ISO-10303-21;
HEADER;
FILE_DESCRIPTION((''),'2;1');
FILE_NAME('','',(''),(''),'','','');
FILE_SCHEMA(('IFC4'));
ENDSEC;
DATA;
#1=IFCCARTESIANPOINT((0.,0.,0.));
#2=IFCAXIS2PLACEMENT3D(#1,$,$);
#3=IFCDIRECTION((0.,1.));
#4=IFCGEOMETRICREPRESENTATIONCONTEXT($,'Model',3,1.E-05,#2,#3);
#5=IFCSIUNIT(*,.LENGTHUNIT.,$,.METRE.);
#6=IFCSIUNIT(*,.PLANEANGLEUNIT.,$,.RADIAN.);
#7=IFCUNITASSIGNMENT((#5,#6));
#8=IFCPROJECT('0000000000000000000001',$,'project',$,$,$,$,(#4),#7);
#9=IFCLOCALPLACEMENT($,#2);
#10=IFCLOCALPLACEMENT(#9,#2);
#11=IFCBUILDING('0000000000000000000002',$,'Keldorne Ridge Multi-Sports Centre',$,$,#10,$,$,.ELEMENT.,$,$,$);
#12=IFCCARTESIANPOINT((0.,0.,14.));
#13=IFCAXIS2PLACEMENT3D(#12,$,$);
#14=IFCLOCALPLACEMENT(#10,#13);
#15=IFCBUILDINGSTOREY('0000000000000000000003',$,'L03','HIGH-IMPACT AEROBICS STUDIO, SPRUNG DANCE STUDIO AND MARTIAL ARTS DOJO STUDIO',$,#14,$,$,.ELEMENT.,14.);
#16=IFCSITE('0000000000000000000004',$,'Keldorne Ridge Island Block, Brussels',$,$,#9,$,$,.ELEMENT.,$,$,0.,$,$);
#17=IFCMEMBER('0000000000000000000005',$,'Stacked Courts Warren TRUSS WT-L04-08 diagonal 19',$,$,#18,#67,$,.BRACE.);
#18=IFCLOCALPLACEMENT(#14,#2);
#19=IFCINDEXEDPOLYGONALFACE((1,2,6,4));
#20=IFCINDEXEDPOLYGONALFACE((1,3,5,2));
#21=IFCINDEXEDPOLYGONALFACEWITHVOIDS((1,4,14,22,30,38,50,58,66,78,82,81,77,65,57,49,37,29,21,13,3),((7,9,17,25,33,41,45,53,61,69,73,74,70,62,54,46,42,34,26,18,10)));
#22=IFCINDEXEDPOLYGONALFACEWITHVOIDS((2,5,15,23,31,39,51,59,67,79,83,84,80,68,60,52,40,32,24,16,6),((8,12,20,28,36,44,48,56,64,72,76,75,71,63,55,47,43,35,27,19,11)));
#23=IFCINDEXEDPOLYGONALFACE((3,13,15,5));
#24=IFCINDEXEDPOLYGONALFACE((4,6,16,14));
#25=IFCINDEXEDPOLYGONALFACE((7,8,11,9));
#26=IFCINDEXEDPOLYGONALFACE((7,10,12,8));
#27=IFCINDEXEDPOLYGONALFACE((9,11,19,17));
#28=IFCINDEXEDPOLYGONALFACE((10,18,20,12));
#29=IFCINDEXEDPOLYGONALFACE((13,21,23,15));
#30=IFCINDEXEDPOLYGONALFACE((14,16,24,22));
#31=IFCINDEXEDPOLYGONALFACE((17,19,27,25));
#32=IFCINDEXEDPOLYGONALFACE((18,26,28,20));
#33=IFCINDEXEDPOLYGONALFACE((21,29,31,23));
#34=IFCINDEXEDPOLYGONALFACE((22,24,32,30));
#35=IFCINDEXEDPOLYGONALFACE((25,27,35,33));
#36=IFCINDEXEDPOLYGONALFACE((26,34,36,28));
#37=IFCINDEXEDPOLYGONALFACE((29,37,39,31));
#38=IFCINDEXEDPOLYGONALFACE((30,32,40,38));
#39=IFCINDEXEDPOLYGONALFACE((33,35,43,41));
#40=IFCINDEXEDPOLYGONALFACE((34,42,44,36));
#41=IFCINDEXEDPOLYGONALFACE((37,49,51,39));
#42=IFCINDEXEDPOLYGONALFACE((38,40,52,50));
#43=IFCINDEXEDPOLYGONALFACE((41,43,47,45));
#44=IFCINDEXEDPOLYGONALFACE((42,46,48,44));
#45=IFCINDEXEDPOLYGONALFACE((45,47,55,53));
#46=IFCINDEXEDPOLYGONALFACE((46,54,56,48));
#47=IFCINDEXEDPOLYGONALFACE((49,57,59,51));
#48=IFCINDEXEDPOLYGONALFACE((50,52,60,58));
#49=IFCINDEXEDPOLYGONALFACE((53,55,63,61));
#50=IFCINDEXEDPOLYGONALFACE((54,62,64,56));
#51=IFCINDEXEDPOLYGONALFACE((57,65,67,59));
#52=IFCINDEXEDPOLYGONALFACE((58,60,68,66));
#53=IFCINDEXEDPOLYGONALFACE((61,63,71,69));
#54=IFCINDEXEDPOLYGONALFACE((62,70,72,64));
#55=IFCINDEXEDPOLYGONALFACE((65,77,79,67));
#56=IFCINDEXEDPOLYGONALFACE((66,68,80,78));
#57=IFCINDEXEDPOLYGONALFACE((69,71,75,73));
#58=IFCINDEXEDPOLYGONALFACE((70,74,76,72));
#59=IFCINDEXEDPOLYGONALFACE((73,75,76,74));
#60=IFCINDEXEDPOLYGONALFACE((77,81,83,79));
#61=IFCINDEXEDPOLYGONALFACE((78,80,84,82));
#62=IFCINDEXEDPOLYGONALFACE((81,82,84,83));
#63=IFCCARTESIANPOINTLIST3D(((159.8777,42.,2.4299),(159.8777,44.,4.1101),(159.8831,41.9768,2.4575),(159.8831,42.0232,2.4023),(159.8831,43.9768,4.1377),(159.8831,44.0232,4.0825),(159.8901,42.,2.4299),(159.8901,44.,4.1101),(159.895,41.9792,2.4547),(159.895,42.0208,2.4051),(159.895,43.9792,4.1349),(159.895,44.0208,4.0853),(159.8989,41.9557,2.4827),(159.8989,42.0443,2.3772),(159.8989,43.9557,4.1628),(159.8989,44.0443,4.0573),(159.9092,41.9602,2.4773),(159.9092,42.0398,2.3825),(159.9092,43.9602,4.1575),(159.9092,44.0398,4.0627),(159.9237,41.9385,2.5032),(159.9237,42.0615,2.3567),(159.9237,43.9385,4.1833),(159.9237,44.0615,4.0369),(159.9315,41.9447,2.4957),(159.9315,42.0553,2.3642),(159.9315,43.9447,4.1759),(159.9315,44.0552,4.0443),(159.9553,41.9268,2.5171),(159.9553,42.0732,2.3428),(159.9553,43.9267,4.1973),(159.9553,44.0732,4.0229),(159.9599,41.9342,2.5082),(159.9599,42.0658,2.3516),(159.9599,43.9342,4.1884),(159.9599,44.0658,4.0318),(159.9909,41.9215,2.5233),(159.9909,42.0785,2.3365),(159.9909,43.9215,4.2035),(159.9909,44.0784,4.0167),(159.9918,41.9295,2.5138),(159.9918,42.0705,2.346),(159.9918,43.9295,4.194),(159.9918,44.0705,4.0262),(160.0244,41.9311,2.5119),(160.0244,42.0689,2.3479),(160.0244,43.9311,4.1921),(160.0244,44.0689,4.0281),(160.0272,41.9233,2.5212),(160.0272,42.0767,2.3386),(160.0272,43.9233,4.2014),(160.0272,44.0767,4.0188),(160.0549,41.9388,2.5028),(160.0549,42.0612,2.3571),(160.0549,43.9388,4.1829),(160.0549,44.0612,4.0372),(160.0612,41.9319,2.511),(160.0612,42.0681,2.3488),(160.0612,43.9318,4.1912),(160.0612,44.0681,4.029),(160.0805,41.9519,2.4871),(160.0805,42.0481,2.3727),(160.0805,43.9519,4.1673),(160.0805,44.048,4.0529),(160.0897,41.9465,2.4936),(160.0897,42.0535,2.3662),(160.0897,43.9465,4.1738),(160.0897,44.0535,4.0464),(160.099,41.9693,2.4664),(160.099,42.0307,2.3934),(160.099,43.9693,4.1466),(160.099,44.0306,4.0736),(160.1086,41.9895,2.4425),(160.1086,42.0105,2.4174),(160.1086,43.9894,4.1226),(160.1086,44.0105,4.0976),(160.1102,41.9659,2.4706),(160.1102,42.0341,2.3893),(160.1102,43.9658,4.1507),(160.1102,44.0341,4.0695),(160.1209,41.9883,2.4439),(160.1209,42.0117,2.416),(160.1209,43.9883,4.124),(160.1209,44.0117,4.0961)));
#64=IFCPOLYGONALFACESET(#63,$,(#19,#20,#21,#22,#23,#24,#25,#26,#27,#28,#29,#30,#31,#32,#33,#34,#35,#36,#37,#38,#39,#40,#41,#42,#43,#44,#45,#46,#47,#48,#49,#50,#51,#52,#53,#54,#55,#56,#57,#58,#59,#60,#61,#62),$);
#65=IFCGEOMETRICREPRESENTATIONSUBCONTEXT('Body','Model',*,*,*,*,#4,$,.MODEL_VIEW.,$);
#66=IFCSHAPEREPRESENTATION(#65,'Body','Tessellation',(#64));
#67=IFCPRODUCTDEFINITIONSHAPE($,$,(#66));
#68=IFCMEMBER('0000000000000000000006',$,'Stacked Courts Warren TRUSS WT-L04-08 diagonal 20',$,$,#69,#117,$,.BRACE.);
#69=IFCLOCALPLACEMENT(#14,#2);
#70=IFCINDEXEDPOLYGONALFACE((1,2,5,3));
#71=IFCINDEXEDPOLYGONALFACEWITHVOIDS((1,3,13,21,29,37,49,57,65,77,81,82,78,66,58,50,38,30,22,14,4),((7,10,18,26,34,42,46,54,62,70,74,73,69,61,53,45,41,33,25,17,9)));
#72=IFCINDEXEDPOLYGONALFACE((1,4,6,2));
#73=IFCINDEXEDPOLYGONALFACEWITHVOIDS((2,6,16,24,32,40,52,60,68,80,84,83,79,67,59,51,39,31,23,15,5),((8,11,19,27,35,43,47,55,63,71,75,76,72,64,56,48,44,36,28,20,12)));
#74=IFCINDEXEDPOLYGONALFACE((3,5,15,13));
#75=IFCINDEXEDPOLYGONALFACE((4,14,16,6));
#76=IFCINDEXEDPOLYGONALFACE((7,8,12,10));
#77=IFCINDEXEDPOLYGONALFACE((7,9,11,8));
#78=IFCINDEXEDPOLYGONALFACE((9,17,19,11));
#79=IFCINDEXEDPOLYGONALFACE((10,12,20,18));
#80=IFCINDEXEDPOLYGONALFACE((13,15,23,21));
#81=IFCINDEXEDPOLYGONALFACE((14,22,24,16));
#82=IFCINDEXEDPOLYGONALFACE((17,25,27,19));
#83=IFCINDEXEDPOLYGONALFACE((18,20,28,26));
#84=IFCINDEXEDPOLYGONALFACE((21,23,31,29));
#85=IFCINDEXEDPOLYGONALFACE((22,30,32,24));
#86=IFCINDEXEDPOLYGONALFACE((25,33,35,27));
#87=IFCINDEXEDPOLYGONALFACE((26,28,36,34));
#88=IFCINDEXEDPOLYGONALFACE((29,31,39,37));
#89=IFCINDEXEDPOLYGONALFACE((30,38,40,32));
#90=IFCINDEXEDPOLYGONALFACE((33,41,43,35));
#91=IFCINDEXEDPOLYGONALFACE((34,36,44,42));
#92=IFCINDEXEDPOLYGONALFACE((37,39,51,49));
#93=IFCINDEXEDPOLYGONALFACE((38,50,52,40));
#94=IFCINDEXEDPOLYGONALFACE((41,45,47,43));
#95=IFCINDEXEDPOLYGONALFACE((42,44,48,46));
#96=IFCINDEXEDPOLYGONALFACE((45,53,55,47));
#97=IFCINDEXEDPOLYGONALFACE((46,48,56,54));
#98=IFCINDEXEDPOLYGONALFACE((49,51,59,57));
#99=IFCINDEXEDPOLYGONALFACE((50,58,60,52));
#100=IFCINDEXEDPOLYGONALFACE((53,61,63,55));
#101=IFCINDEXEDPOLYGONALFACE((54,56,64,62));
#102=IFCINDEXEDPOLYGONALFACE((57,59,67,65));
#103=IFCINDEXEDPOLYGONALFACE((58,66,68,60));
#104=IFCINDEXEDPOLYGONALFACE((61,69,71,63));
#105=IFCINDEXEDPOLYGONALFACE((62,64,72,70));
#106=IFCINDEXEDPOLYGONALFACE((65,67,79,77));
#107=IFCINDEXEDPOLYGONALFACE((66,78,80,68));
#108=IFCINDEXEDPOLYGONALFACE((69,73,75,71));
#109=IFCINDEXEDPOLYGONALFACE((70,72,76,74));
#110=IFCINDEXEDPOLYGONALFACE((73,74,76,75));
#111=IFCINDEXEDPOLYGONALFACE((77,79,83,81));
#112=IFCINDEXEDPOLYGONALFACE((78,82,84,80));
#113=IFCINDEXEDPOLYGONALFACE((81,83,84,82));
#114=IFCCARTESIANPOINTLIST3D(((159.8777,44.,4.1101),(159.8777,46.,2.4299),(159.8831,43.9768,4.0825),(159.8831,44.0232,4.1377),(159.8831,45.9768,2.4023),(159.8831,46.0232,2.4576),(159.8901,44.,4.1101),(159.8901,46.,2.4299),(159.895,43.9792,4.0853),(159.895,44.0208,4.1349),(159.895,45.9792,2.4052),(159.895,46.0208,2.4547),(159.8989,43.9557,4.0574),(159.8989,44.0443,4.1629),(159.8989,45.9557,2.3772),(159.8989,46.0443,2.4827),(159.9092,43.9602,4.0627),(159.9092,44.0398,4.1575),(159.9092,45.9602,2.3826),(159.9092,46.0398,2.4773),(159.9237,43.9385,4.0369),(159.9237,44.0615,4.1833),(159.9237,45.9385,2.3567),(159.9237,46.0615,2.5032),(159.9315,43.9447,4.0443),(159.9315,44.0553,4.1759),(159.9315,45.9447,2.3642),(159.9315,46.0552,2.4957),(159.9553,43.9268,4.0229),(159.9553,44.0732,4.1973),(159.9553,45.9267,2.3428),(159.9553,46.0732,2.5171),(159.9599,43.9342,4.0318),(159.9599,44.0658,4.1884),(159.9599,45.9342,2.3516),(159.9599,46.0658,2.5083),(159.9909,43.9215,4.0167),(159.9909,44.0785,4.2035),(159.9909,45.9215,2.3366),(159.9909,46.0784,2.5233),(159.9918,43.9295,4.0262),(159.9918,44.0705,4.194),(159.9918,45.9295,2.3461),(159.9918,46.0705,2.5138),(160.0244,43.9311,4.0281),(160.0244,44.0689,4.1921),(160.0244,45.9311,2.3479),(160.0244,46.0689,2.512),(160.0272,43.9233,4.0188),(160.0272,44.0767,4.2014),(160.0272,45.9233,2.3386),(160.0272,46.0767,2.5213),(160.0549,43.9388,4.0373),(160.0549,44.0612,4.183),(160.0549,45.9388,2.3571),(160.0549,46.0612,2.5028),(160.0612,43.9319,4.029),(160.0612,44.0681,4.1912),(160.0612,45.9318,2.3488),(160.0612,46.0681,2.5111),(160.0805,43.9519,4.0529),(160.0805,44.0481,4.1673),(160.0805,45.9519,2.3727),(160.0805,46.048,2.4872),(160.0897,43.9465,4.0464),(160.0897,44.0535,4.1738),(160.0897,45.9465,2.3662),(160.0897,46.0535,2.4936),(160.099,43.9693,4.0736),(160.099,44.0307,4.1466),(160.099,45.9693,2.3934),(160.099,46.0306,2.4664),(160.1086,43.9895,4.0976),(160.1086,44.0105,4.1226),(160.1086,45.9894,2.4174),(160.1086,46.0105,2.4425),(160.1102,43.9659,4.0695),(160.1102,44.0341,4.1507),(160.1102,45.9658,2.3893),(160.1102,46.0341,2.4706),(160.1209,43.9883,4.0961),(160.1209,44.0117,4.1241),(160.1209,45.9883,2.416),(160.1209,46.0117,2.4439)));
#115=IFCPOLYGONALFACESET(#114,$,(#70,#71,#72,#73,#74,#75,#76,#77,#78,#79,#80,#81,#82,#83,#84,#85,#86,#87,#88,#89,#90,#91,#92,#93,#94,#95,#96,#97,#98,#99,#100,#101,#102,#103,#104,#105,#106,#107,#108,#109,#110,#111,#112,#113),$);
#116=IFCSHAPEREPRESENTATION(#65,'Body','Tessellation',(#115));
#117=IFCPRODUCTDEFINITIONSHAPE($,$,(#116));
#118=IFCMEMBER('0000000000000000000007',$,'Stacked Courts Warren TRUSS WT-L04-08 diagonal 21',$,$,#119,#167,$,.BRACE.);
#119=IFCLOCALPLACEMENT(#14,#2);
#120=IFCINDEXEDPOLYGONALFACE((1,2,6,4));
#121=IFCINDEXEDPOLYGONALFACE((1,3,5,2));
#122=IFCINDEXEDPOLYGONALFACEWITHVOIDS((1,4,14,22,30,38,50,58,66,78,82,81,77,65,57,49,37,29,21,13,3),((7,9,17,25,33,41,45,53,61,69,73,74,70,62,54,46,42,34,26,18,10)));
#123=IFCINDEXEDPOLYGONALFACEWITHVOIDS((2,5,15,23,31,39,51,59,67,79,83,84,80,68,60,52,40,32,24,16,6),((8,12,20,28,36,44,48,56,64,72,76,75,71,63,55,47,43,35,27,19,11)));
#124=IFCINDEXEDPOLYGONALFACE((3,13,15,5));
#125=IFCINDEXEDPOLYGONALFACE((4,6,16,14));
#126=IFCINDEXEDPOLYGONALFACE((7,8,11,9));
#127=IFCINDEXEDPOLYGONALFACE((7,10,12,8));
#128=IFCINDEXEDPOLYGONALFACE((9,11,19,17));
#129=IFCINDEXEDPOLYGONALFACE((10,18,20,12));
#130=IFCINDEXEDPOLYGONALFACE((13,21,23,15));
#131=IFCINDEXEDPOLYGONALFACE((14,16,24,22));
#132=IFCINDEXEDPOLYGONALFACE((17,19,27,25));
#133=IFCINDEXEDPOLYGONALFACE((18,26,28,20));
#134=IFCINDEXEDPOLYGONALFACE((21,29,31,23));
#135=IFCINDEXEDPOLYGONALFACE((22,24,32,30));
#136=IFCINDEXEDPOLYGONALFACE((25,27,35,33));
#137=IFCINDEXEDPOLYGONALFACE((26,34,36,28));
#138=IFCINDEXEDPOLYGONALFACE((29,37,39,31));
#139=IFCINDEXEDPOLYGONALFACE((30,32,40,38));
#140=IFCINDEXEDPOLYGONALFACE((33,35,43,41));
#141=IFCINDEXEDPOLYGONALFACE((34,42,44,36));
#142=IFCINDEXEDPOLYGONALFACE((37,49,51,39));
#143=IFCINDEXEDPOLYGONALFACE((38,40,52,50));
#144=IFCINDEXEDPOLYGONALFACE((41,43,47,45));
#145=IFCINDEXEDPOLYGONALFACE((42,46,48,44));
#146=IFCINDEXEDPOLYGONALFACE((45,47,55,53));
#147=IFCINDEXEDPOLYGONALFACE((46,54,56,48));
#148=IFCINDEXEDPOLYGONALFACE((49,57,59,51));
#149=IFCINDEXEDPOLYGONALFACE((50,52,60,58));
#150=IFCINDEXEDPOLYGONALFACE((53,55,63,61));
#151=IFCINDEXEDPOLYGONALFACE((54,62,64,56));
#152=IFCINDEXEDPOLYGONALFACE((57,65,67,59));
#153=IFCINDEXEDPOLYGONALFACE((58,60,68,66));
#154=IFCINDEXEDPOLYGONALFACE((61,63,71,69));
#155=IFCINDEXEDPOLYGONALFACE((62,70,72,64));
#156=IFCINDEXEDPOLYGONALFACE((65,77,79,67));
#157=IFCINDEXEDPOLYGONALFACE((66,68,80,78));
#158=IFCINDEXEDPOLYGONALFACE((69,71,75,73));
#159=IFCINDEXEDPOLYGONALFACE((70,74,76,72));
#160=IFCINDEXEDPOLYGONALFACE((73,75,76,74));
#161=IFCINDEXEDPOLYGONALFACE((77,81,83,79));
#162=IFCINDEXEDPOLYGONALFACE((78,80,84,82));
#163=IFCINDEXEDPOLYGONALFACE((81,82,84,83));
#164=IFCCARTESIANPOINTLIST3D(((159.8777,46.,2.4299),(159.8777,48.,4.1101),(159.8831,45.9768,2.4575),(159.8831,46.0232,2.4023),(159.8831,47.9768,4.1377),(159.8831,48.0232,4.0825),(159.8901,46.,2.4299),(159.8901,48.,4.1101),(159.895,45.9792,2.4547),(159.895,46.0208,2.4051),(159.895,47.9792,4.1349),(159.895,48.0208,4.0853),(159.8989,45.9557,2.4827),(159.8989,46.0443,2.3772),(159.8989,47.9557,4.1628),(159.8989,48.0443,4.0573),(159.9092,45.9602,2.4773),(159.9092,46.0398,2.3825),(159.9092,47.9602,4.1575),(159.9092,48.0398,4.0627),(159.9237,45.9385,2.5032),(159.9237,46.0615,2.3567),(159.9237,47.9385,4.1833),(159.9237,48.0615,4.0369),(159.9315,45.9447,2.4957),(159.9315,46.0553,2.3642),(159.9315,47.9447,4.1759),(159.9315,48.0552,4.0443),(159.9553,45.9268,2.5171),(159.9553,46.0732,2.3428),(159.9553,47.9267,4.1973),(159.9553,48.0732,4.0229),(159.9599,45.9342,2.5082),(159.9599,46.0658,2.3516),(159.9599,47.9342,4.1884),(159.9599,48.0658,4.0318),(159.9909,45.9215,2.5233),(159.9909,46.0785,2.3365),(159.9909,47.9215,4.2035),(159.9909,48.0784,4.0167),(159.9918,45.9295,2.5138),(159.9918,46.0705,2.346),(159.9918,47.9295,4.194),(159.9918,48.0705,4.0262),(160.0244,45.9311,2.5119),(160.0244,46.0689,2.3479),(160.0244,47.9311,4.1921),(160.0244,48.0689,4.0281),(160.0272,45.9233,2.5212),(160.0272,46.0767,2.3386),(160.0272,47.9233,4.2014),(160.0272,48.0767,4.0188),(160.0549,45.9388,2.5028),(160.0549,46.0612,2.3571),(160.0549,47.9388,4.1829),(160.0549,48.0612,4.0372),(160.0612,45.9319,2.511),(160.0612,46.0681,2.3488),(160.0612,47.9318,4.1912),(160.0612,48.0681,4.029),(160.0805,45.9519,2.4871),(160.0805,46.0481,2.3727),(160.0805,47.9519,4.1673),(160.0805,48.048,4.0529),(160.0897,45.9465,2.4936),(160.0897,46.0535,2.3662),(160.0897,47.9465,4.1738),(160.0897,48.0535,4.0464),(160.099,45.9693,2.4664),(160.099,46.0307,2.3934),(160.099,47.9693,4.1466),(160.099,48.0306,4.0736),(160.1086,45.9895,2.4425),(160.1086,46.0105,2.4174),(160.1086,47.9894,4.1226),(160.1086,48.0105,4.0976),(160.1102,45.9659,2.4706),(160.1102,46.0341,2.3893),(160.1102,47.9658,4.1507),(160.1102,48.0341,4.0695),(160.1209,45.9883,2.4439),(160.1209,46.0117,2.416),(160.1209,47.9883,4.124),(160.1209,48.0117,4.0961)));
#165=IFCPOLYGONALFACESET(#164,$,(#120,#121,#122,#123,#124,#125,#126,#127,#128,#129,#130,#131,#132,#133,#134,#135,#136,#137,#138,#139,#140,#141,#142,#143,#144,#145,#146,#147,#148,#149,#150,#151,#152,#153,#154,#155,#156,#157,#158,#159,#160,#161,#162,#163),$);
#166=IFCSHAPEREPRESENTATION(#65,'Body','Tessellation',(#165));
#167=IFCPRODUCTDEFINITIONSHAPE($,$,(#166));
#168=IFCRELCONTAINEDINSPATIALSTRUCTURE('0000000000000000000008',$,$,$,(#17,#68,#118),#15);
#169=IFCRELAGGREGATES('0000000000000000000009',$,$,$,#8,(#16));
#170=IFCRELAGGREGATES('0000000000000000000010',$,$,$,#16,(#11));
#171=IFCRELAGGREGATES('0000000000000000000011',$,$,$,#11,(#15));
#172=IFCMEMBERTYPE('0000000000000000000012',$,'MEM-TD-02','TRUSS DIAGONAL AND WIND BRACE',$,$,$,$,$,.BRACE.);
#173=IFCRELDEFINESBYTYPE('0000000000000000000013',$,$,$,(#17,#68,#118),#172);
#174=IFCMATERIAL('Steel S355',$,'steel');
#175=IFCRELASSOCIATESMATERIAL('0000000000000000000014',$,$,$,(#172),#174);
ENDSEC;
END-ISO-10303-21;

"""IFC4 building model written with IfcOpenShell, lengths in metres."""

from ifc_helpers import new_model, si_unit, direction, frame, origin, origin_2d, place, context, subcontext, project, spatial, hollow_circle, extrude, material, material_profile, profile_set, type_object, element, save


model = new_model("IFC4")

# Units and contexts
model_context = context("Model", 3, precision=1e-05, world=origin(), true_north=direction((0.0, 1.0)))
body_context = subcontext(model_context, "Body", "Model", "MODEL_VIEW")
ifc_project = project(units=[si_unit("LENGTHUNIT", "METRE"), si_unit("PLANEANGLEUNIT", "RADIAN")], contexts=[model_context])

# Site, building, storey
site_placement = place(None, origin())
site = spatial("IfcSite", under=ifc_project, at=site_placement, Name="Keldorne Ridge Island Block, Brussels", CompositionType="ELEMENT", RefElevation=0.0)
building_placement = place(site_placement, origin())
building = spatial("IfcBuilding", under=site, at=building_placement, Name="Keldorne Ridge Multi-Sports Centre", CompositionType="ELEMENT")
storey_placement = place(building_placement, frame((0.0, 0.0, 14.0)))
storey = spatial("IfcBuildingStorey", under=building, at=storey_placement, Name="L03", Description="HIGH-IMPACT AEROBICS STUDIO, SPRUNG DANCE STUDIO AND MARTIAL ARTS DOJO STUDIO", CompositionType="ELEMENT", Elevation=14.0)

# Shared definitions
ifc_material_1 = material(Name="Steel S355", Category="steel")

# Members
ifc_material_profile_1 = material_profile(ifc_material_1, hollow_circle(Radius=0.1223, WallThickness=0.0125, at=origin_2d()), Name="CHS 244.5x12.5")
ifc_profile_set_1 = profile_set([ifc_material_profile_1], Name="Steel S355")
member_type_1 = type_object("IfcMemberType", Name="MEM-TD-02", Description="TRUSS DIAGONAL AND WIND BRACE", PredefinedType="BRACE", material=ifc_profile_set_1)
for number, where, z_axis, x_axis, name in (
    (1, (160.0, 42.0, 2.4299), (0.0, 0.765672, 0.643232), (-1.0, 0.0, 0.0), "Stacked Courts Warren TRUSS WT-L04-08 diagonal 19"),
    (2, (160.0, 44.0, 4.1101), (0.0, 0.765672, -0.643232), (-1.0, 0.0, 0.0), "Stacked Courts Warren TRUSS WT-L04-08 diagonal 20"),
    (3, (160.0, 46.0, 2.4299), (0.0, 0.765672, 0.643232), (-1.0, 0.0, 0.0), "Stacked Courts Warren TRUSS WT-L04-08 diagonal 21"),
):
    element("IfcMember", number, at=place(storey_placement, frame(where, z_axis=z_axis, x_axis=x_axis)), inside=storey, type_object=member_type_1, Name=name, PredefinedType="BRACE", context=body_context, shape_type="SweptSolid", body=[
        extrude(hollow_circle(Radius=0.1223, WallThickness=0.0125, at=origin_2d()), origin(), (0.0, 0.0, 1.0), 2.6121),
    ])

save(model, "model.ifc")
